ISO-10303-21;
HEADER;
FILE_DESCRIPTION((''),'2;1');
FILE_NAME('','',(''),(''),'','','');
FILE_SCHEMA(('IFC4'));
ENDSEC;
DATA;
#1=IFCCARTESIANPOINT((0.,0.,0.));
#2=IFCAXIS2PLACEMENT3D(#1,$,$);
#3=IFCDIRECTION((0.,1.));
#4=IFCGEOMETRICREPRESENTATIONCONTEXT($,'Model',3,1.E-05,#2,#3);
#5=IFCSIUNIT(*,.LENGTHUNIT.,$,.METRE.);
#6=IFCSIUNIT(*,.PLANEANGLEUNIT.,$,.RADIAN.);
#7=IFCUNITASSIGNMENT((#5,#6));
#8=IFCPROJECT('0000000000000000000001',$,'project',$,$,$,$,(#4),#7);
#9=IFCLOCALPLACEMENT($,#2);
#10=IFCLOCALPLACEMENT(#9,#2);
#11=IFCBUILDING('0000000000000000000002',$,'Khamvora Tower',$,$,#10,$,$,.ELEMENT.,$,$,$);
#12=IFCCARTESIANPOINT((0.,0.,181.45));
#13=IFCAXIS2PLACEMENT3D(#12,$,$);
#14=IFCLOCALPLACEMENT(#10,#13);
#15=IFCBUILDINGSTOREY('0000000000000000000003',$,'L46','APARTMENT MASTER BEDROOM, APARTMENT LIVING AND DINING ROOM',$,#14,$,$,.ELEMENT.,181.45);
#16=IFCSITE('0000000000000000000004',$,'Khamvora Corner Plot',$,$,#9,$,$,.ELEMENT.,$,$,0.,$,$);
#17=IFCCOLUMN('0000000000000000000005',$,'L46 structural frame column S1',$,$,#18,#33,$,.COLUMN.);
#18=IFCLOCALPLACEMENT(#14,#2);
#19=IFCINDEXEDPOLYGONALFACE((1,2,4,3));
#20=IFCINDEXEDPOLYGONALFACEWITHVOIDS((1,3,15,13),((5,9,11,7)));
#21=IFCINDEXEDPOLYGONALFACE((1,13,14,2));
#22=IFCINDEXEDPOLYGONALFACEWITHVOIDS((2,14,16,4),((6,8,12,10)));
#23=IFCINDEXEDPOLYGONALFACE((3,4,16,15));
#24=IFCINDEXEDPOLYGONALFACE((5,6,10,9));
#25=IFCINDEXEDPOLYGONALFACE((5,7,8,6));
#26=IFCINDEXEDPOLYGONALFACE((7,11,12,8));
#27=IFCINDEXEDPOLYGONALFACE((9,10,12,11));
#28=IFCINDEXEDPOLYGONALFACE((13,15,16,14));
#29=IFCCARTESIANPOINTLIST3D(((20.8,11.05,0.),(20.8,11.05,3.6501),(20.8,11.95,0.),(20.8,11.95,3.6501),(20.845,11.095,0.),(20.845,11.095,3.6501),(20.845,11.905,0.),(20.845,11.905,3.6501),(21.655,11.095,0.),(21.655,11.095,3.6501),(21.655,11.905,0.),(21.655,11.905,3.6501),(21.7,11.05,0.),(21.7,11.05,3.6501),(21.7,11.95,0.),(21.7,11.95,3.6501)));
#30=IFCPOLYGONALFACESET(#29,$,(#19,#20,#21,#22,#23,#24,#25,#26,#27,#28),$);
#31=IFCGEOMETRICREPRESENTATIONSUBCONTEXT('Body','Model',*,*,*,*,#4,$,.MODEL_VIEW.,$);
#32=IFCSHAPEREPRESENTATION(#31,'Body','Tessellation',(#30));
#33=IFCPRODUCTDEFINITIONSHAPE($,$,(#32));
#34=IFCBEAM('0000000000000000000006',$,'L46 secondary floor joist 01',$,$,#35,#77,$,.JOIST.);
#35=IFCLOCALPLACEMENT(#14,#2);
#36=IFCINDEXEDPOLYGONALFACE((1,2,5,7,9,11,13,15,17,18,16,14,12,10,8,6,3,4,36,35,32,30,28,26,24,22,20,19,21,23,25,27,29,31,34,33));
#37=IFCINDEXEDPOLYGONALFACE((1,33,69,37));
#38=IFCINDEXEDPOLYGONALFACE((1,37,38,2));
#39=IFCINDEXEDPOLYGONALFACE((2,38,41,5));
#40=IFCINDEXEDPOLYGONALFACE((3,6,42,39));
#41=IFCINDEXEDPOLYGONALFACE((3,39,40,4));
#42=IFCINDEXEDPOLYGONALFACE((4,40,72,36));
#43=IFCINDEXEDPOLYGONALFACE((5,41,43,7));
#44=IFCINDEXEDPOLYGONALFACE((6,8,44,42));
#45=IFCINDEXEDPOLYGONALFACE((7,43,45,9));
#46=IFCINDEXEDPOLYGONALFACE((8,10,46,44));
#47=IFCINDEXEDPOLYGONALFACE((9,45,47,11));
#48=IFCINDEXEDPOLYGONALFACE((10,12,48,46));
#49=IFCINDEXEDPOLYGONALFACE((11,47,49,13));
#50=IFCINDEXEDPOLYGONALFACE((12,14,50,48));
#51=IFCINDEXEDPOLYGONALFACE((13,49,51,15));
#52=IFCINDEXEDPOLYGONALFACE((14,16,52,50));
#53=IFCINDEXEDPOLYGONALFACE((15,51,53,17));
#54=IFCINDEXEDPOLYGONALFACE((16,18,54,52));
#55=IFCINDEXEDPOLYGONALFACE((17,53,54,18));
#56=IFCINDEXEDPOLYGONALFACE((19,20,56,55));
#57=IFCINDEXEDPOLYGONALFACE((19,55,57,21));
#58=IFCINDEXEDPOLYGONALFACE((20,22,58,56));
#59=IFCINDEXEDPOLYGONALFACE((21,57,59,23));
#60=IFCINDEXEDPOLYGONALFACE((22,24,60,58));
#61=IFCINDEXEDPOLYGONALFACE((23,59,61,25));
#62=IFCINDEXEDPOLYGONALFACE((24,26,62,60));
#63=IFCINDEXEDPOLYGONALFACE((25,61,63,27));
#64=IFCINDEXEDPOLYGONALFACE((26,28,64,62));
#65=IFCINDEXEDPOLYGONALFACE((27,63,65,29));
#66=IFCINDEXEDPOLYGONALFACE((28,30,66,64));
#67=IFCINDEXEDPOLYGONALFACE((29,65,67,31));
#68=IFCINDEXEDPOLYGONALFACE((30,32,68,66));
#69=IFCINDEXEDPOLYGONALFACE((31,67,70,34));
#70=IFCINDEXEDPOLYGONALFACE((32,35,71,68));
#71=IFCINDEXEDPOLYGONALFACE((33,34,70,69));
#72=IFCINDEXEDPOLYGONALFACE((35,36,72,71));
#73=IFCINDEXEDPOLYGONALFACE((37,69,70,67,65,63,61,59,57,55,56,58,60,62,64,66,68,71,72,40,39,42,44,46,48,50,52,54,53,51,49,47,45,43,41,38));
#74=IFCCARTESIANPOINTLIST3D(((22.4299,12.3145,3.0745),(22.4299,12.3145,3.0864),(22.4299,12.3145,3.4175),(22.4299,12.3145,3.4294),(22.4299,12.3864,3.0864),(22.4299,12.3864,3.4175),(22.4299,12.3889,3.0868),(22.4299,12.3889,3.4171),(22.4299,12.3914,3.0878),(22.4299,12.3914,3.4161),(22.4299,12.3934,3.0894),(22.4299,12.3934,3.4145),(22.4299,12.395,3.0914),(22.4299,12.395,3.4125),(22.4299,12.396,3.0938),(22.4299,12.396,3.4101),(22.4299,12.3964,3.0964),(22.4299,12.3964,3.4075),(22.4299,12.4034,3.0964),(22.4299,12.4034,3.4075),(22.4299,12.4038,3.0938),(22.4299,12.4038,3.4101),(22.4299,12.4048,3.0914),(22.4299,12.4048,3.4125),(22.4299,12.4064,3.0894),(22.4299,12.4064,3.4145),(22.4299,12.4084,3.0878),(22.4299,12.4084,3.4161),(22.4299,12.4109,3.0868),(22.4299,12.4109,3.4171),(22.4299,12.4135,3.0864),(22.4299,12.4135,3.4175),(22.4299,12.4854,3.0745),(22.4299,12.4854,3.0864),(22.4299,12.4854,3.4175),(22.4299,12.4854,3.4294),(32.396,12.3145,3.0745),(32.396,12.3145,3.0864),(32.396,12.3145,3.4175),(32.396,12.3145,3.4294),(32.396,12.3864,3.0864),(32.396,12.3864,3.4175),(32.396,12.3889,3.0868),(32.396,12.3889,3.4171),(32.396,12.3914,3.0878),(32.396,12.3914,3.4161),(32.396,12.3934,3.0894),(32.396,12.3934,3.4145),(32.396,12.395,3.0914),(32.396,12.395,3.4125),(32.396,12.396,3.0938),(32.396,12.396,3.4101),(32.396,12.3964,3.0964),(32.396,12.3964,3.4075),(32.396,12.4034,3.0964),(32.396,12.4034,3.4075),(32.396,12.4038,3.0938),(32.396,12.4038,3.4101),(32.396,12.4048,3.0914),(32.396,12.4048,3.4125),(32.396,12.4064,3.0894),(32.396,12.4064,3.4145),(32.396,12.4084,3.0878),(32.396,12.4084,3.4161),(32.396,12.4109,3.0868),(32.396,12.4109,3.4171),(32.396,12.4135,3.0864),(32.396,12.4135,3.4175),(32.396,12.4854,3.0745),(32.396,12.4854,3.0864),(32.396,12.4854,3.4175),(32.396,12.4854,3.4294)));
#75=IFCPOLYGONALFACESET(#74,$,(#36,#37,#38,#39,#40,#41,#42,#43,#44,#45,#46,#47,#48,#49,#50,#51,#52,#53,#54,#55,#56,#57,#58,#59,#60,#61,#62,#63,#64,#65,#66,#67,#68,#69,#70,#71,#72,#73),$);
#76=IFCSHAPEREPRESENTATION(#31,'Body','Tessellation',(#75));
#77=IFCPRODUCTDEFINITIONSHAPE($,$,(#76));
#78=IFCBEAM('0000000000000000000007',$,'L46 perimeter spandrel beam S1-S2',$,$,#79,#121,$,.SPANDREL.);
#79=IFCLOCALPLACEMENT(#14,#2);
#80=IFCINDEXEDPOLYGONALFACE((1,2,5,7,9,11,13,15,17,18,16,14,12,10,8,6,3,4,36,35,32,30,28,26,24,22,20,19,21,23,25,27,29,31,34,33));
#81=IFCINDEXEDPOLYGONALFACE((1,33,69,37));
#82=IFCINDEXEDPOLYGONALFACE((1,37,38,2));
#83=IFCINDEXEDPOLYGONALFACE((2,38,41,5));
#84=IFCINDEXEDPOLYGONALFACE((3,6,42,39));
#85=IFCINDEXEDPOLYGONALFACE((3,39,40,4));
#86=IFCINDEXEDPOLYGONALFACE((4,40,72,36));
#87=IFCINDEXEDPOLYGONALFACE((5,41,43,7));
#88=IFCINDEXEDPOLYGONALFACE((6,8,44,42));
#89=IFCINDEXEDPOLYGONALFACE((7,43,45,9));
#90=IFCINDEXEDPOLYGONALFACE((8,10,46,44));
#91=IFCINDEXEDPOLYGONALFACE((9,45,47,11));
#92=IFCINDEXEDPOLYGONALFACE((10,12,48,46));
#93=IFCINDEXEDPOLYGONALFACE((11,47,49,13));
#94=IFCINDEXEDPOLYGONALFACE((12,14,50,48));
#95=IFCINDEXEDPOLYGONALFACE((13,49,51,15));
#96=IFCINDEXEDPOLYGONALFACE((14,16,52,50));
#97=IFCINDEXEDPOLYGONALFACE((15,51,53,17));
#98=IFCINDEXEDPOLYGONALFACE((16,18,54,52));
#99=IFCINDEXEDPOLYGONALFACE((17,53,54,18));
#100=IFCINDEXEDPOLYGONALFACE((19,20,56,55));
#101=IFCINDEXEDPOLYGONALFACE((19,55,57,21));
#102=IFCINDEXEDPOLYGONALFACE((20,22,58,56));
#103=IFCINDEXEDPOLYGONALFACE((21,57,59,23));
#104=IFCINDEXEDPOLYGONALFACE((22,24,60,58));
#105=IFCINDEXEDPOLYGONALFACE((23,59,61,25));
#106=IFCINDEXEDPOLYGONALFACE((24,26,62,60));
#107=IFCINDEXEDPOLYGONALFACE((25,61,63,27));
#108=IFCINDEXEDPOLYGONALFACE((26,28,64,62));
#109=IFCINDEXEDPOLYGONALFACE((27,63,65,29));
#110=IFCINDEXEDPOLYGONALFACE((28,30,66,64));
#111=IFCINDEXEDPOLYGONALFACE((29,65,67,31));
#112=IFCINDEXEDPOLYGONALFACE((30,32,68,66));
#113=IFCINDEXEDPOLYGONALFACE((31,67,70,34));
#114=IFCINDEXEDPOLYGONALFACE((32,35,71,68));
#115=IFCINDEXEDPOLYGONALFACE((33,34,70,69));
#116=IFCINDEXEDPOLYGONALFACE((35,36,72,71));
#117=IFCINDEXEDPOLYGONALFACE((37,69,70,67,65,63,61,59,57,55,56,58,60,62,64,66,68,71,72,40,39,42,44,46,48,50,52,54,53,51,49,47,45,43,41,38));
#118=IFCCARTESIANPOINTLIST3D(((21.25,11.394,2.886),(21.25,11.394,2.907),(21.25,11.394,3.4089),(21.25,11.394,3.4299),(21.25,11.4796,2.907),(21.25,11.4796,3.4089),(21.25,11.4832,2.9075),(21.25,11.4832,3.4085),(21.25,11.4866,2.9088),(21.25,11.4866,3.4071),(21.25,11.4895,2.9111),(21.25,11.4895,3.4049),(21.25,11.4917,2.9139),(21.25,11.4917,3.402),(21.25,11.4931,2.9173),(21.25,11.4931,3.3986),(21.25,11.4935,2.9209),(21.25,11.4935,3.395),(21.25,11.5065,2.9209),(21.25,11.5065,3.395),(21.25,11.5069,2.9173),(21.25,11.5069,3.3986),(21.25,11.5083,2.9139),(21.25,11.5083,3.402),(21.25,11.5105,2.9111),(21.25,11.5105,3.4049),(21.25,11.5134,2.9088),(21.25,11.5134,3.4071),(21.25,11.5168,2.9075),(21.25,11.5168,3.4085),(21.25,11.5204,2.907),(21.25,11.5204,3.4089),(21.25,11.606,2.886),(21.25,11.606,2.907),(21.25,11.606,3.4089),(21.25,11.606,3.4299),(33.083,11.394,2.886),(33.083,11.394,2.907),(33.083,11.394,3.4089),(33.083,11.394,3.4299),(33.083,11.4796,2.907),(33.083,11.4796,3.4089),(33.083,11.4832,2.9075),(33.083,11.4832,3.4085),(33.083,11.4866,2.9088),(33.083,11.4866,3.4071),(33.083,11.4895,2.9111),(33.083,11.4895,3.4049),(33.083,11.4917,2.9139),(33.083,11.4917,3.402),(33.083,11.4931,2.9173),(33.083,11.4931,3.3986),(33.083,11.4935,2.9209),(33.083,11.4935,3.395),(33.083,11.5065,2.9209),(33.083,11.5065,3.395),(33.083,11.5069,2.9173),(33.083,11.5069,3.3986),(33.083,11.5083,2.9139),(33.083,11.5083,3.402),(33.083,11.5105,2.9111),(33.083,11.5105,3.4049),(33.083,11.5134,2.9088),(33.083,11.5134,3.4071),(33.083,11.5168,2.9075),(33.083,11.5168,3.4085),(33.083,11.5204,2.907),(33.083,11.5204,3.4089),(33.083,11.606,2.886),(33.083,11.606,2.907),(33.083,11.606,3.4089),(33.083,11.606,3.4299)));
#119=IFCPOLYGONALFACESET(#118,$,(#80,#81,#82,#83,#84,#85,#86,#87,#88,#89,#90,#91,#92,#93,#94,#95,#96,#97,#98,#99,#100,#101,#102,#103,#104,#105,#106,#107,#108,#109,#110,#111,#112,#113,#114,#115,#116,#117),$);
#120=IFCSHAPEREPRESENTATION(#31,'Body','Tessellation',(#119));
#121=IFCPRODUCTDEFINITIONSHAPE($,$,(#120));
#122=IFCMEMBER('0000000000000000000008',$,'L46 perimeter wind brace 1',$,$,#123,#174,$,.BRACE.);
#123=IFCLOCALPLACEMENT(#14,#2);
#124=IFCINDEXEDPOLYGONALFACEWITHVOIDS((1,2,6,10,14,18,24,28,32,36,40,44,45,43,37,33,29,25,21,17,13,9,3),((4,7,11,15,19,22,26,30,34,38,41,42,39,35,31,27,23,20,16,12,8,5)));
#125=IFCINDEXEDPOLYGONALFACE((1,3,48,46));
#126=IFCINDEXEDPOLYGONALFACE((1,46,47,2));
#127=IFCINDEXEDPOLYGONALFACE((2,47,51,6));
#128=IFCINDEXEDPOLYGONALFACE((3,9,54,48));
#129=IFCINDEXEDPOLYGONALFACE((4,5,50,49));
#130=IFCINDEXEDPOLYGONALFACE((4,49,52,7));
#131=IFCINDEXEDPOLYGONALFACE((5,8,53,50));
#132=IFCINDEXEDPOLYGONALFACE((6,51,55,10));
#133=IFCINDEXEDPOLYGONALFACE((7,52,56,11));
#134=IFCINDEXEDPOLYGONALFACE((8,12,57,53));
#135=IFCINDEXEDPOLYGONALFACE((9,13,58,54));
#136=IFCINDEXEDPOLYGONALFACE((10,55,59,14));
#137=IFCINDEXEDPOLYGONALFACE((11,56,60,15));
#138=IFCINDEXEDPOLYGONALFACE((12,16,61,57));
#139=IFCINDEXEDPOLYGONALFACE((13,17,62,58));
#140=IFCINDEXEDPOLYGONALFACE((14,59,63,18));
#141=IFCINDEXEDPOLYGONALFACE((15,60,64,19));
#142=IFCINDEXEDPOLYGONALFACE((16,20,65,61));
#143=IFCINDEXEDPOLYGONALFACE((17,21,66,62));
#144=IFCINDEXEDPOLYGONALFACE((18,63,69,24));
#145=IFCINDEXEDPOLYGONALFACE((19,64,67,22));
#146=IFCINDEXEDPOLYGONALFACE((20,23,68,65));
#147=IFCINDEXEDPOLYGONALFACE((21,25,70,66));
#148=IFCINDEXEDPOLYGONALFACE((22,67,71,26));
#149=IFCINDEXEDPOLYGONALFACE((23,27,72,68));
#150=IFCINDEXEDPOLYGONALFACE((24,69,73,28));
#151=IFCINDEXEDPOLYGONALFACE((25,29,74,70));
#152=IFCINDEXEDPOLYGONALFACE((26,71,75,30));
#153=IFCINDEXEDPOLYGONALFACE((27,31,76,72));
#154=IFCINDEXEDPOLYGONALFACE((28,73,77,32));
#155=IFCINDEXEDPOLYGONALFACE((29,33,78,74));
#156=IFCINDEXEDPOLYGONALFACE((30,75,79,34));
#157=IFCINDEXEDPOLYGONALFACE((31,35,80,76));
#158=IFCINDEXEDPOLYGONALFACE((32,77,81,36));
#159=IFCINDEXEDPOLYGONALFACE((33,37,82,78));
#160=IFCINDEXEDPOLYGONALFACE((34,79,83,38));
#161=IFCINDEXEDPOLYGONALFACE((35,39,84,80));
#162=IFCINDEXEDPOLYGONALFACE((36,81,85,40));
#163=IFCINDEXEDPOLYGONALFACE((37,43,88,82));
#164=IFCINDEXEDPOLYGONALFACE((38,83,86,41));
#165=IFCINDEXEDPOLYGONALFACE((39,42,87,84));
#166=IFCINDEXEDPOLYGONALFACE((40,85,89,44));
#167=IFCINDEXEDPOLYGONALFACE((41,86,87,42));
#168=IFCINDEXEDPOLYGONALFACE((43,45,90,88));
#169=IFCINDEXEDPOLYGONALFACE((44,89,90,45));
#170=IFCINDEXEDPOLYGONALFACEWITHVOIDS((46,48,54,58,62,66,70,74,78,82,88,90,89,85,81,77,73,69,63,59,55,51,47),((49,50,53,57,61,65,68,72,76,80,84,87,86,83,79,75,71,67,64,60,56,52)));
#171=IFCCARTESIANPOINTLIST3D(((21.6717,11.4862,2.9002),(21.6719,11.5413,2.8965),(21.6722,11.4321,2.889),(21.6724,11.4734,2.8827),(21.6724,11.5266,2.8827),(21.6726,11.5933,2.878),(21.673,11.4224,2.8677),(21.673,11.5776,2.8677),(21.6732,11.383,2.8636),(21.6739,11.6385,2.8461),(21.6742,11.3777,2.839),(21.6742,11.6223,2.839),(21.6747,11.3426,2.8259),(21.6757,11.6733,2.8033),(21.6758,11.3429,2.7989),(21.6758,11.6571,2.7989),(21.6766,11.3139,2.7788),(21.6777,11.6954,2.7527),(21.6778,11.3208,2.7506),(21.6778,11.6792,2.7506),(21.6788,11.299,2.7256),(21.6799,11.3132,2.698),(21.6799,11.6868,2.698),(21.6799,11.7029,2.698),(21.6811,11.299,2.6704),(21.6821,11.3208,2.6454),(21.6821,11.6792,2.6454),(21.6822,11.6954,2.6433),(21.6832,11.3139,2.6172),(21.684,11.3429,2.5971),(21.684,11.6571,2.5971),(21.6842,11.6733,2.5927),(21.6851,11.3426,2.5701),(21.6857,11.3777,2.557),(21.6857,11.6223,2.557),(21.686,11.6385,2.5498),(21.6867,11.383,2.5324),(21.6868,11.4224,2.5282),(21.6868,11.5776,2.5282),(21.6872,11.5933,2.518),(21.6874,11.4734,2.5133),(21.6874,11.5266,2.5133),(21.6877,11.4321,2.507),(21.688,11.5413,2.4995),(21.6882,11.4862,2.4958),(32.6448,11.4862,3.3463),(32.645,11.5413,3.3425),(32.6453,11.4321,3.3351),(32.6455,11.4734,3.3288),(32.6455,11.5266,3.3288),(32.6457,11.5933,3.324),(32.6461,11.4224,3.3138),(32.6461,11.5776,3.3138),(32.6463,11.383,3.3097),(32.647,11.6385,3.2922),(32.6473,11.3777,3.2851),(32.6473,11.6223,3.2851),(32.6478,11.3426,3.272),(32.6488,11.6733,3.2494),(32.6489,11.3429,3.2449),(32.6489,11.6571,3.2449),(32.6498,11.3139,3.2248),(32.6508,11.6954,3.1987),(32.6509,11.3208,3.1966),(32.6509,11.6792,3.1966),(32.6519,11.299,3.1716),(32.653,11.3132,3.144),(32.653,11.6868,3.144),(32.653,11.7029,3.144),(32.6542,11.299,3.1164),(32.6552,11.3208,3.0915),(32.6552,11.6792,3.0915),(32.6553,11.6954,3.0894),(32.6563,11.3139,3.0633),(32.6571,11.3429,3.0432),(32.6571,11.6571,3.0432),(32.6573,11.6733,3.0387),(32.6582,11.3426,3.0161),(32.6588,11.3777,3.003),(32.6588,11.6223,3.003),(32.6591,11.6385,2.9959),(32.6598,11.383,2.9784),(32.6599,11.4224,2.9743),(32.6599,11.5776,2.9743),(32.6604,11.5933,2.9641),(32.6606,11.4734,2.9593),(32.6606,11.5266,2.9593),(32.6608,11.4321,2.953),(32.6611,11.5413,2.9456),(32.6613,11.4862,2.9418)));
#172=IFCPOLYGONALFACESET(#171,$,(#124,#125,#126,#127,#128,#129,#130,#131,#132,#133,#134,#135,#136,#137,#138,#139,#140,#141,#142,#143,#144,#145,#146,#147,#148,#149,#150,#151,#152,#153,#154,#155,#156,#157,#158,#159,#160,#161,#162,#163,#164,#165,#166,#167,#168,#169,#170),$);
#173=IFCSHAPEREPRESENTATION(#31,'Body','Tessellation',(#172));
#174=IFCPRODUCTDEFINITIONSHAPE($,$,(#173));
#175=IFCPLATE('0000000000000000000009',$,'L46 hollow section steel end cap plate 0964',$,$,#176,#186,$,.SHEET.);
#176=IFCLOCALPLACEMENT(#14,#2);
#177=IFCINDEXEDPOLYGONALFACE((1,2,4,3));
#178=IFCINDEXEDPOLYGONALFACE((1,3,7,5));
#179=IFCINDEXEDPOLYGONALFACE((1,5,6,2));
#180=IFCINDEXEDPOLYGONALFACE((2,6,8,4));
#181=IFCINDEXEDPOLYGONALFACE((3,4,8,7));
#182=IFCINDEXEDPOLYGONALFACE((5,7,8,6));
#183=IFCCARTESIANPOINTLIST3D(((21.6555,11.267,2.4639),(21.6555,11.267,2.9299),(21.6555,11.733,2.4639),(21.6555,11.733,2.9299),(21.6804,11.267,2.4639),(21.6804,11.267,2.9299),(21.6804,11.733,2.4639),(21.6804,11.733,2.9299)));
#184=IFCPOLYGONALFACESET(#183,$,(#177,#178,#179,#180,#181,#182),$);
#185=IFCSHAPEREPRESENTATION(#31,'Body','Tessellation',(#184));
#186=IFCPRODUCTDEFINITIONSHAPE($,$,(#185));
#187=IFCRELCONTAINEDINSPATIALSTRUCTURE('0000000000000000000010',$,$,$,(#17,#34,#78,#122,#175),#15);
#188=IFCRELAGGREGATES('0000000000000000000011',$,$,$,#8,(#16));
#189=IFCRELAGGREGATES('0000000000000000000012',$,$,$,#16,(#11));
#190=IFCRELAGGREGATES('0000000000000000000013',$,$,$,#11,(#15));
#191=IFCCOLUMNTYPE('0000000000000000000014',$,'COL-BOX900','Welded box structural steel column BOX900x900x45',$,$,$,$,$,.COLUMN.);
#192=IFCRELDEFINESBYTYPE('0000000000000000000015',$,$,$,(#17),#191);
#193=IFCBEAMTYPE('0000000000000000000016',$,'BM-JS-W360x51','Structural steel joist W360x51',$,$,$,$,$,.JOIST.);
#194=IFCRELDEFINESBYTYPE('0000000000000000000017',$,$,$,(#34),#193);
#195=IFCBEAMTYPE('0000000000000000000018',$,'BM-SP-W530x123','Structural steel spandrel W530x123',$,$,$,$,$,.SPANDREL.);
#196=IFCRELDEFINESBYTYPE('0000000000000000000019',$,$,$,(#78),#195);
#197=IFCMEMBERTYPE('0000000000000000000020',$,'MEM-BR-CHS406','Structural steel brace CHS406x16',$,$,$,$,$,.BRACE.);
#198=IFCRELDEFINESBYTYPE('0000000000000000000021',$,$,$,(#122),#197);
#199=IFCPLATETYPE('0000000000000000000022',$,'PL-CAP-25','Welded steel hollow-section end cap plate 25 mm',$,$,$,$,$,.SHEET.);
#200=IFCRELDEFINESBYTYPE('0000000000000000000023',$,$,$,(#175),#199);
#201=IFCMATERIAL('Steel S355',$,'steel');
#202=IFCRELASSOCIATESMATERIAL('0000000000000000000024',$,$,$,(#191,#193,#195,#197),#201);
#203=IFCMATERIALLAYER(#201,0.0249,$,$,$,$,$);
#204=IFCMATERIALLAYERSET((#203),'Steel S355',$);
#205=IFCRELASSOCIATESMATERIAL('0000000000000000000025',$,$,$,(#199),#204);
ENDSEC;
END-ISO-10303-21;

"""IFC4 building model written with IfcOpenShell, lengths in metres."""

from ifc_helpers import new_model, si_unit, direction, frame, origin, origin_2d, place, context, subcontext, project, spatial, rectangle, hollow_rectangle, hollow_circle, i_section, extrude, material, layer, layer_set, material_profile, profile_set, type_object, element, save


model = new_model("IFC4")

# Units and contexts
model_context = context("Model", 3, precision=1e-05, world=origin(), true_north=direction((0.0, 1.0)))
body_context = subcontext(model_context, "Body", "Model", "MODEL_VIEW")
ifc_project = project(units=[si_unit("LENGTHUNIT", "METRE"), si_unit("PLANEANGLEUNIT", "RADIAN")], contexts=[model_context])

# Site, building, storey
site_placement = place(None, origin())
site = spatial("IfcSite", under=ifc_project, at=site_placement, Name="Khamvora Corner Plot", CompositionType="ELEMENT", RefElevation=0.0)
building_placement = place(site_placement, origin())
building = spatial("IfcBuilding", under=site, at=building_placement, Name="Khamvora Tower", CompositionType="ELEMENT")
storey_placement = place(building_placement, frame((0.0, 0.0, 181.45)))
storey = spatial("IfcBuildingStorey", under=building, at=storey_placement, Name="L46", Description="APARTMENT MASTER BEDROOM, APARTMENT LIVING AND DINING ROOM", CompositionType="ELEMENT", Elevation=181.45)

# Column
ifc_material_1 = material(Name="Steel S355", Category="steel")
ifc_material_profile_1 = material_profile(ifc_material_1, hollow_rectangle(XDim=0.8999, YDim=0.8999, WallThickness=0.0449, at=origin_2d()), Name="BOX900x900x45")
ifc_profile_set_1 = profile_set([ifc_material_profile_1], Name="Steel S355")
column_type = type_object("IfcColumnType", Name="COL-BOX900", Description="Welded box structural steel column BOX900x900x45", PredefinedType="COLUMN", material=ifc_profile_set_1)
column_placement = place(storey_placement, frame((21.25, 11.5, 0.0), z_axis=(0.0, 0.0, 1.0), x_axis=(1.0, 0.0, 0.0)))
element("IfcColumn", 1, at=column_placement, inside=storey, type_object=column_type, Name="L46 structural frame column S1", PredefinedType="COLUMN", context=body_context, shape_type="SweptSolid", body=[
    extrude(hollow_rectangle(XDim=0.8999, YDim=0.8999, WallThickness=0.0449, at=origin_2d()), origin(), (0.0, 0.0, 1.0), 3.6501),
])

# Beams
ifc_material_profile_2 = material_profile(ifc_material_1, i_section(OverallWidth=0.1709, OverallDepth=0.355, WebThickness=0.0071, FlangeThickness=0.012, FilletRadius=0.01, at=origin_2d()), Name="W360x51")
ifc_profile_set_2 = profile_set([ifc_material_profile_2], Name="Steel S355")
beam_type_1 = type_object("IfcBeamType", Name="BM-JS-W360x51", Description="Structural steel joist W360x51", PredefinedType="JOIST", material=ifc_profile_set_2)
beam_1_placement = place(storey_placement, frame((22.4299, 12.3999, 3.252), z_axis=(1.0, 0.0, 0.0), x_axis=(0.0, 1.0, 0.0)))
element("IfcBeam", 2, at=beam_1_placement, inside=storey, type_object=beam_type_1, Name="L46 secondary floor joist 01", PredefinedType="JOIST", context=body_context, shape_type="SweptSolid", body=[
    extrude(i_section(OverallWidth=0.1709, OverallDepth=0.355, WebThickness=0.0071, FlangeThickness=0.012, FilletRadius=0.01, at=origin_2d()), origin(), (0.0, 0.0, 1.0), 9.9661),
])
ifc_material_profile_3 = material_profile(ifc_material_1, i_section(OverallWidth=0.2119, OverallDepth=0.5439, WebThickness=0.0129, FlangeThickness=0.021, FilletRadius=0.0139, at=origin_2d()), Name="W530x123")
ifc_profile_set_3 = profile_set([ifc_material_profile_3], Name="Steel S355")
beam_type_2 = type_object("IfcBeamType", Name="BM-SP-W530x123", Description="Structural steel spandrel W530x123", PredefinedType="SPANDREL", material=ifc_profile_set_3)
beam_2_placement = place(storey_placement, frame((21.25, 11.5, 3.158), z_axis=(1.0, 0.0, 0.0), x_axis=(0.0, 1.0, 0.0)))
element("IfcBeam", 3, at=beam_2_placement, inside=storey, type_object=beam_type_2, Name="L46 perimeter spandrel beam S1-S2", PredefinedType="SPANDREL", context=body_context, shape_type="SweptSolid", body=[
    extrude(i_section(OverallWidth=0.2119, OverallDepth=0.5439, WebThickness=0.0129, FlangeThickness=0.021, FilletRadius=0.0139, at=origin_2d()), origin(), (0.0, 0.0, 1.0), 11.833),
])

# Member
ifc_material_profile_4 = material_profile(ifc_material_1, hollow_circle(Radius=0.2029, WallThickness=0.0161, at=origin_2d()), Name="CHS406x16")
ifc_profile_set_4 = profile_set([ifc_material_profile_4], Name="Steel S355")
member_type = type_object("IfcMemberType", Name="MEM-BR-CHS406", Description="Structural steel brace CHS406x16", PredefinedType="BRACE", material=ifc_profile_set_4)
member_placement = place(storey_placement, frame((21.6799, 11.5, 2.698), z_axis=(0.999175, 0.0, 0.040615), x_axis=(0.0, 1.0, 0.0)))
element("IfcMember", 4, at=member_placement, inside=storey, type_object=member_type, Name="L46 perimeter wind brace 1", PredefinedType="BRACE", context=body_context, shape_type="SweptSolid", body=[
    extrude(hollow_circle(Radius=0.2029, WallThickness=0.0161, at=origin_2d()), origin(), (0.0, 0.0, 1.0), 10.9822),
])

# Plate
ifc_layer_1 = layer(ifc_material_1, 0.0249)
ifc_layer_set_1 = layer_set([ifc_layer_1], Name="Steel S355")
plate_type_1 = type_object("IfcPlateType", Name="PL-CAP-25", Description="Welded steel hollow-section end cap plate 25 mm", PredefinedType="SHEET", material=ifc_layer_set_1)
plate_1_placement = place(storey_placement, frame((21.668, 11.5, 2.4639), z_axis=(0.0, 0.0, 1.0), x_axis=(1.0, 0.0, 0.0)))
element("IfcPlate", 5, at=plate_1_placement, inside=storey, type_object=plate_type_1, Name="L46 hollow section steel end cap plate 0964", PredefinedType="SHEET", context=body_context, shape_type="SweptSolid", body=[
    extrude(rectangle(XDim=0.0249, YDim=0.4661, at=origin_2d()), origin(), (0.0, 0.0, 1.0), 0.4661),
])

save(model, "model.ifc")
